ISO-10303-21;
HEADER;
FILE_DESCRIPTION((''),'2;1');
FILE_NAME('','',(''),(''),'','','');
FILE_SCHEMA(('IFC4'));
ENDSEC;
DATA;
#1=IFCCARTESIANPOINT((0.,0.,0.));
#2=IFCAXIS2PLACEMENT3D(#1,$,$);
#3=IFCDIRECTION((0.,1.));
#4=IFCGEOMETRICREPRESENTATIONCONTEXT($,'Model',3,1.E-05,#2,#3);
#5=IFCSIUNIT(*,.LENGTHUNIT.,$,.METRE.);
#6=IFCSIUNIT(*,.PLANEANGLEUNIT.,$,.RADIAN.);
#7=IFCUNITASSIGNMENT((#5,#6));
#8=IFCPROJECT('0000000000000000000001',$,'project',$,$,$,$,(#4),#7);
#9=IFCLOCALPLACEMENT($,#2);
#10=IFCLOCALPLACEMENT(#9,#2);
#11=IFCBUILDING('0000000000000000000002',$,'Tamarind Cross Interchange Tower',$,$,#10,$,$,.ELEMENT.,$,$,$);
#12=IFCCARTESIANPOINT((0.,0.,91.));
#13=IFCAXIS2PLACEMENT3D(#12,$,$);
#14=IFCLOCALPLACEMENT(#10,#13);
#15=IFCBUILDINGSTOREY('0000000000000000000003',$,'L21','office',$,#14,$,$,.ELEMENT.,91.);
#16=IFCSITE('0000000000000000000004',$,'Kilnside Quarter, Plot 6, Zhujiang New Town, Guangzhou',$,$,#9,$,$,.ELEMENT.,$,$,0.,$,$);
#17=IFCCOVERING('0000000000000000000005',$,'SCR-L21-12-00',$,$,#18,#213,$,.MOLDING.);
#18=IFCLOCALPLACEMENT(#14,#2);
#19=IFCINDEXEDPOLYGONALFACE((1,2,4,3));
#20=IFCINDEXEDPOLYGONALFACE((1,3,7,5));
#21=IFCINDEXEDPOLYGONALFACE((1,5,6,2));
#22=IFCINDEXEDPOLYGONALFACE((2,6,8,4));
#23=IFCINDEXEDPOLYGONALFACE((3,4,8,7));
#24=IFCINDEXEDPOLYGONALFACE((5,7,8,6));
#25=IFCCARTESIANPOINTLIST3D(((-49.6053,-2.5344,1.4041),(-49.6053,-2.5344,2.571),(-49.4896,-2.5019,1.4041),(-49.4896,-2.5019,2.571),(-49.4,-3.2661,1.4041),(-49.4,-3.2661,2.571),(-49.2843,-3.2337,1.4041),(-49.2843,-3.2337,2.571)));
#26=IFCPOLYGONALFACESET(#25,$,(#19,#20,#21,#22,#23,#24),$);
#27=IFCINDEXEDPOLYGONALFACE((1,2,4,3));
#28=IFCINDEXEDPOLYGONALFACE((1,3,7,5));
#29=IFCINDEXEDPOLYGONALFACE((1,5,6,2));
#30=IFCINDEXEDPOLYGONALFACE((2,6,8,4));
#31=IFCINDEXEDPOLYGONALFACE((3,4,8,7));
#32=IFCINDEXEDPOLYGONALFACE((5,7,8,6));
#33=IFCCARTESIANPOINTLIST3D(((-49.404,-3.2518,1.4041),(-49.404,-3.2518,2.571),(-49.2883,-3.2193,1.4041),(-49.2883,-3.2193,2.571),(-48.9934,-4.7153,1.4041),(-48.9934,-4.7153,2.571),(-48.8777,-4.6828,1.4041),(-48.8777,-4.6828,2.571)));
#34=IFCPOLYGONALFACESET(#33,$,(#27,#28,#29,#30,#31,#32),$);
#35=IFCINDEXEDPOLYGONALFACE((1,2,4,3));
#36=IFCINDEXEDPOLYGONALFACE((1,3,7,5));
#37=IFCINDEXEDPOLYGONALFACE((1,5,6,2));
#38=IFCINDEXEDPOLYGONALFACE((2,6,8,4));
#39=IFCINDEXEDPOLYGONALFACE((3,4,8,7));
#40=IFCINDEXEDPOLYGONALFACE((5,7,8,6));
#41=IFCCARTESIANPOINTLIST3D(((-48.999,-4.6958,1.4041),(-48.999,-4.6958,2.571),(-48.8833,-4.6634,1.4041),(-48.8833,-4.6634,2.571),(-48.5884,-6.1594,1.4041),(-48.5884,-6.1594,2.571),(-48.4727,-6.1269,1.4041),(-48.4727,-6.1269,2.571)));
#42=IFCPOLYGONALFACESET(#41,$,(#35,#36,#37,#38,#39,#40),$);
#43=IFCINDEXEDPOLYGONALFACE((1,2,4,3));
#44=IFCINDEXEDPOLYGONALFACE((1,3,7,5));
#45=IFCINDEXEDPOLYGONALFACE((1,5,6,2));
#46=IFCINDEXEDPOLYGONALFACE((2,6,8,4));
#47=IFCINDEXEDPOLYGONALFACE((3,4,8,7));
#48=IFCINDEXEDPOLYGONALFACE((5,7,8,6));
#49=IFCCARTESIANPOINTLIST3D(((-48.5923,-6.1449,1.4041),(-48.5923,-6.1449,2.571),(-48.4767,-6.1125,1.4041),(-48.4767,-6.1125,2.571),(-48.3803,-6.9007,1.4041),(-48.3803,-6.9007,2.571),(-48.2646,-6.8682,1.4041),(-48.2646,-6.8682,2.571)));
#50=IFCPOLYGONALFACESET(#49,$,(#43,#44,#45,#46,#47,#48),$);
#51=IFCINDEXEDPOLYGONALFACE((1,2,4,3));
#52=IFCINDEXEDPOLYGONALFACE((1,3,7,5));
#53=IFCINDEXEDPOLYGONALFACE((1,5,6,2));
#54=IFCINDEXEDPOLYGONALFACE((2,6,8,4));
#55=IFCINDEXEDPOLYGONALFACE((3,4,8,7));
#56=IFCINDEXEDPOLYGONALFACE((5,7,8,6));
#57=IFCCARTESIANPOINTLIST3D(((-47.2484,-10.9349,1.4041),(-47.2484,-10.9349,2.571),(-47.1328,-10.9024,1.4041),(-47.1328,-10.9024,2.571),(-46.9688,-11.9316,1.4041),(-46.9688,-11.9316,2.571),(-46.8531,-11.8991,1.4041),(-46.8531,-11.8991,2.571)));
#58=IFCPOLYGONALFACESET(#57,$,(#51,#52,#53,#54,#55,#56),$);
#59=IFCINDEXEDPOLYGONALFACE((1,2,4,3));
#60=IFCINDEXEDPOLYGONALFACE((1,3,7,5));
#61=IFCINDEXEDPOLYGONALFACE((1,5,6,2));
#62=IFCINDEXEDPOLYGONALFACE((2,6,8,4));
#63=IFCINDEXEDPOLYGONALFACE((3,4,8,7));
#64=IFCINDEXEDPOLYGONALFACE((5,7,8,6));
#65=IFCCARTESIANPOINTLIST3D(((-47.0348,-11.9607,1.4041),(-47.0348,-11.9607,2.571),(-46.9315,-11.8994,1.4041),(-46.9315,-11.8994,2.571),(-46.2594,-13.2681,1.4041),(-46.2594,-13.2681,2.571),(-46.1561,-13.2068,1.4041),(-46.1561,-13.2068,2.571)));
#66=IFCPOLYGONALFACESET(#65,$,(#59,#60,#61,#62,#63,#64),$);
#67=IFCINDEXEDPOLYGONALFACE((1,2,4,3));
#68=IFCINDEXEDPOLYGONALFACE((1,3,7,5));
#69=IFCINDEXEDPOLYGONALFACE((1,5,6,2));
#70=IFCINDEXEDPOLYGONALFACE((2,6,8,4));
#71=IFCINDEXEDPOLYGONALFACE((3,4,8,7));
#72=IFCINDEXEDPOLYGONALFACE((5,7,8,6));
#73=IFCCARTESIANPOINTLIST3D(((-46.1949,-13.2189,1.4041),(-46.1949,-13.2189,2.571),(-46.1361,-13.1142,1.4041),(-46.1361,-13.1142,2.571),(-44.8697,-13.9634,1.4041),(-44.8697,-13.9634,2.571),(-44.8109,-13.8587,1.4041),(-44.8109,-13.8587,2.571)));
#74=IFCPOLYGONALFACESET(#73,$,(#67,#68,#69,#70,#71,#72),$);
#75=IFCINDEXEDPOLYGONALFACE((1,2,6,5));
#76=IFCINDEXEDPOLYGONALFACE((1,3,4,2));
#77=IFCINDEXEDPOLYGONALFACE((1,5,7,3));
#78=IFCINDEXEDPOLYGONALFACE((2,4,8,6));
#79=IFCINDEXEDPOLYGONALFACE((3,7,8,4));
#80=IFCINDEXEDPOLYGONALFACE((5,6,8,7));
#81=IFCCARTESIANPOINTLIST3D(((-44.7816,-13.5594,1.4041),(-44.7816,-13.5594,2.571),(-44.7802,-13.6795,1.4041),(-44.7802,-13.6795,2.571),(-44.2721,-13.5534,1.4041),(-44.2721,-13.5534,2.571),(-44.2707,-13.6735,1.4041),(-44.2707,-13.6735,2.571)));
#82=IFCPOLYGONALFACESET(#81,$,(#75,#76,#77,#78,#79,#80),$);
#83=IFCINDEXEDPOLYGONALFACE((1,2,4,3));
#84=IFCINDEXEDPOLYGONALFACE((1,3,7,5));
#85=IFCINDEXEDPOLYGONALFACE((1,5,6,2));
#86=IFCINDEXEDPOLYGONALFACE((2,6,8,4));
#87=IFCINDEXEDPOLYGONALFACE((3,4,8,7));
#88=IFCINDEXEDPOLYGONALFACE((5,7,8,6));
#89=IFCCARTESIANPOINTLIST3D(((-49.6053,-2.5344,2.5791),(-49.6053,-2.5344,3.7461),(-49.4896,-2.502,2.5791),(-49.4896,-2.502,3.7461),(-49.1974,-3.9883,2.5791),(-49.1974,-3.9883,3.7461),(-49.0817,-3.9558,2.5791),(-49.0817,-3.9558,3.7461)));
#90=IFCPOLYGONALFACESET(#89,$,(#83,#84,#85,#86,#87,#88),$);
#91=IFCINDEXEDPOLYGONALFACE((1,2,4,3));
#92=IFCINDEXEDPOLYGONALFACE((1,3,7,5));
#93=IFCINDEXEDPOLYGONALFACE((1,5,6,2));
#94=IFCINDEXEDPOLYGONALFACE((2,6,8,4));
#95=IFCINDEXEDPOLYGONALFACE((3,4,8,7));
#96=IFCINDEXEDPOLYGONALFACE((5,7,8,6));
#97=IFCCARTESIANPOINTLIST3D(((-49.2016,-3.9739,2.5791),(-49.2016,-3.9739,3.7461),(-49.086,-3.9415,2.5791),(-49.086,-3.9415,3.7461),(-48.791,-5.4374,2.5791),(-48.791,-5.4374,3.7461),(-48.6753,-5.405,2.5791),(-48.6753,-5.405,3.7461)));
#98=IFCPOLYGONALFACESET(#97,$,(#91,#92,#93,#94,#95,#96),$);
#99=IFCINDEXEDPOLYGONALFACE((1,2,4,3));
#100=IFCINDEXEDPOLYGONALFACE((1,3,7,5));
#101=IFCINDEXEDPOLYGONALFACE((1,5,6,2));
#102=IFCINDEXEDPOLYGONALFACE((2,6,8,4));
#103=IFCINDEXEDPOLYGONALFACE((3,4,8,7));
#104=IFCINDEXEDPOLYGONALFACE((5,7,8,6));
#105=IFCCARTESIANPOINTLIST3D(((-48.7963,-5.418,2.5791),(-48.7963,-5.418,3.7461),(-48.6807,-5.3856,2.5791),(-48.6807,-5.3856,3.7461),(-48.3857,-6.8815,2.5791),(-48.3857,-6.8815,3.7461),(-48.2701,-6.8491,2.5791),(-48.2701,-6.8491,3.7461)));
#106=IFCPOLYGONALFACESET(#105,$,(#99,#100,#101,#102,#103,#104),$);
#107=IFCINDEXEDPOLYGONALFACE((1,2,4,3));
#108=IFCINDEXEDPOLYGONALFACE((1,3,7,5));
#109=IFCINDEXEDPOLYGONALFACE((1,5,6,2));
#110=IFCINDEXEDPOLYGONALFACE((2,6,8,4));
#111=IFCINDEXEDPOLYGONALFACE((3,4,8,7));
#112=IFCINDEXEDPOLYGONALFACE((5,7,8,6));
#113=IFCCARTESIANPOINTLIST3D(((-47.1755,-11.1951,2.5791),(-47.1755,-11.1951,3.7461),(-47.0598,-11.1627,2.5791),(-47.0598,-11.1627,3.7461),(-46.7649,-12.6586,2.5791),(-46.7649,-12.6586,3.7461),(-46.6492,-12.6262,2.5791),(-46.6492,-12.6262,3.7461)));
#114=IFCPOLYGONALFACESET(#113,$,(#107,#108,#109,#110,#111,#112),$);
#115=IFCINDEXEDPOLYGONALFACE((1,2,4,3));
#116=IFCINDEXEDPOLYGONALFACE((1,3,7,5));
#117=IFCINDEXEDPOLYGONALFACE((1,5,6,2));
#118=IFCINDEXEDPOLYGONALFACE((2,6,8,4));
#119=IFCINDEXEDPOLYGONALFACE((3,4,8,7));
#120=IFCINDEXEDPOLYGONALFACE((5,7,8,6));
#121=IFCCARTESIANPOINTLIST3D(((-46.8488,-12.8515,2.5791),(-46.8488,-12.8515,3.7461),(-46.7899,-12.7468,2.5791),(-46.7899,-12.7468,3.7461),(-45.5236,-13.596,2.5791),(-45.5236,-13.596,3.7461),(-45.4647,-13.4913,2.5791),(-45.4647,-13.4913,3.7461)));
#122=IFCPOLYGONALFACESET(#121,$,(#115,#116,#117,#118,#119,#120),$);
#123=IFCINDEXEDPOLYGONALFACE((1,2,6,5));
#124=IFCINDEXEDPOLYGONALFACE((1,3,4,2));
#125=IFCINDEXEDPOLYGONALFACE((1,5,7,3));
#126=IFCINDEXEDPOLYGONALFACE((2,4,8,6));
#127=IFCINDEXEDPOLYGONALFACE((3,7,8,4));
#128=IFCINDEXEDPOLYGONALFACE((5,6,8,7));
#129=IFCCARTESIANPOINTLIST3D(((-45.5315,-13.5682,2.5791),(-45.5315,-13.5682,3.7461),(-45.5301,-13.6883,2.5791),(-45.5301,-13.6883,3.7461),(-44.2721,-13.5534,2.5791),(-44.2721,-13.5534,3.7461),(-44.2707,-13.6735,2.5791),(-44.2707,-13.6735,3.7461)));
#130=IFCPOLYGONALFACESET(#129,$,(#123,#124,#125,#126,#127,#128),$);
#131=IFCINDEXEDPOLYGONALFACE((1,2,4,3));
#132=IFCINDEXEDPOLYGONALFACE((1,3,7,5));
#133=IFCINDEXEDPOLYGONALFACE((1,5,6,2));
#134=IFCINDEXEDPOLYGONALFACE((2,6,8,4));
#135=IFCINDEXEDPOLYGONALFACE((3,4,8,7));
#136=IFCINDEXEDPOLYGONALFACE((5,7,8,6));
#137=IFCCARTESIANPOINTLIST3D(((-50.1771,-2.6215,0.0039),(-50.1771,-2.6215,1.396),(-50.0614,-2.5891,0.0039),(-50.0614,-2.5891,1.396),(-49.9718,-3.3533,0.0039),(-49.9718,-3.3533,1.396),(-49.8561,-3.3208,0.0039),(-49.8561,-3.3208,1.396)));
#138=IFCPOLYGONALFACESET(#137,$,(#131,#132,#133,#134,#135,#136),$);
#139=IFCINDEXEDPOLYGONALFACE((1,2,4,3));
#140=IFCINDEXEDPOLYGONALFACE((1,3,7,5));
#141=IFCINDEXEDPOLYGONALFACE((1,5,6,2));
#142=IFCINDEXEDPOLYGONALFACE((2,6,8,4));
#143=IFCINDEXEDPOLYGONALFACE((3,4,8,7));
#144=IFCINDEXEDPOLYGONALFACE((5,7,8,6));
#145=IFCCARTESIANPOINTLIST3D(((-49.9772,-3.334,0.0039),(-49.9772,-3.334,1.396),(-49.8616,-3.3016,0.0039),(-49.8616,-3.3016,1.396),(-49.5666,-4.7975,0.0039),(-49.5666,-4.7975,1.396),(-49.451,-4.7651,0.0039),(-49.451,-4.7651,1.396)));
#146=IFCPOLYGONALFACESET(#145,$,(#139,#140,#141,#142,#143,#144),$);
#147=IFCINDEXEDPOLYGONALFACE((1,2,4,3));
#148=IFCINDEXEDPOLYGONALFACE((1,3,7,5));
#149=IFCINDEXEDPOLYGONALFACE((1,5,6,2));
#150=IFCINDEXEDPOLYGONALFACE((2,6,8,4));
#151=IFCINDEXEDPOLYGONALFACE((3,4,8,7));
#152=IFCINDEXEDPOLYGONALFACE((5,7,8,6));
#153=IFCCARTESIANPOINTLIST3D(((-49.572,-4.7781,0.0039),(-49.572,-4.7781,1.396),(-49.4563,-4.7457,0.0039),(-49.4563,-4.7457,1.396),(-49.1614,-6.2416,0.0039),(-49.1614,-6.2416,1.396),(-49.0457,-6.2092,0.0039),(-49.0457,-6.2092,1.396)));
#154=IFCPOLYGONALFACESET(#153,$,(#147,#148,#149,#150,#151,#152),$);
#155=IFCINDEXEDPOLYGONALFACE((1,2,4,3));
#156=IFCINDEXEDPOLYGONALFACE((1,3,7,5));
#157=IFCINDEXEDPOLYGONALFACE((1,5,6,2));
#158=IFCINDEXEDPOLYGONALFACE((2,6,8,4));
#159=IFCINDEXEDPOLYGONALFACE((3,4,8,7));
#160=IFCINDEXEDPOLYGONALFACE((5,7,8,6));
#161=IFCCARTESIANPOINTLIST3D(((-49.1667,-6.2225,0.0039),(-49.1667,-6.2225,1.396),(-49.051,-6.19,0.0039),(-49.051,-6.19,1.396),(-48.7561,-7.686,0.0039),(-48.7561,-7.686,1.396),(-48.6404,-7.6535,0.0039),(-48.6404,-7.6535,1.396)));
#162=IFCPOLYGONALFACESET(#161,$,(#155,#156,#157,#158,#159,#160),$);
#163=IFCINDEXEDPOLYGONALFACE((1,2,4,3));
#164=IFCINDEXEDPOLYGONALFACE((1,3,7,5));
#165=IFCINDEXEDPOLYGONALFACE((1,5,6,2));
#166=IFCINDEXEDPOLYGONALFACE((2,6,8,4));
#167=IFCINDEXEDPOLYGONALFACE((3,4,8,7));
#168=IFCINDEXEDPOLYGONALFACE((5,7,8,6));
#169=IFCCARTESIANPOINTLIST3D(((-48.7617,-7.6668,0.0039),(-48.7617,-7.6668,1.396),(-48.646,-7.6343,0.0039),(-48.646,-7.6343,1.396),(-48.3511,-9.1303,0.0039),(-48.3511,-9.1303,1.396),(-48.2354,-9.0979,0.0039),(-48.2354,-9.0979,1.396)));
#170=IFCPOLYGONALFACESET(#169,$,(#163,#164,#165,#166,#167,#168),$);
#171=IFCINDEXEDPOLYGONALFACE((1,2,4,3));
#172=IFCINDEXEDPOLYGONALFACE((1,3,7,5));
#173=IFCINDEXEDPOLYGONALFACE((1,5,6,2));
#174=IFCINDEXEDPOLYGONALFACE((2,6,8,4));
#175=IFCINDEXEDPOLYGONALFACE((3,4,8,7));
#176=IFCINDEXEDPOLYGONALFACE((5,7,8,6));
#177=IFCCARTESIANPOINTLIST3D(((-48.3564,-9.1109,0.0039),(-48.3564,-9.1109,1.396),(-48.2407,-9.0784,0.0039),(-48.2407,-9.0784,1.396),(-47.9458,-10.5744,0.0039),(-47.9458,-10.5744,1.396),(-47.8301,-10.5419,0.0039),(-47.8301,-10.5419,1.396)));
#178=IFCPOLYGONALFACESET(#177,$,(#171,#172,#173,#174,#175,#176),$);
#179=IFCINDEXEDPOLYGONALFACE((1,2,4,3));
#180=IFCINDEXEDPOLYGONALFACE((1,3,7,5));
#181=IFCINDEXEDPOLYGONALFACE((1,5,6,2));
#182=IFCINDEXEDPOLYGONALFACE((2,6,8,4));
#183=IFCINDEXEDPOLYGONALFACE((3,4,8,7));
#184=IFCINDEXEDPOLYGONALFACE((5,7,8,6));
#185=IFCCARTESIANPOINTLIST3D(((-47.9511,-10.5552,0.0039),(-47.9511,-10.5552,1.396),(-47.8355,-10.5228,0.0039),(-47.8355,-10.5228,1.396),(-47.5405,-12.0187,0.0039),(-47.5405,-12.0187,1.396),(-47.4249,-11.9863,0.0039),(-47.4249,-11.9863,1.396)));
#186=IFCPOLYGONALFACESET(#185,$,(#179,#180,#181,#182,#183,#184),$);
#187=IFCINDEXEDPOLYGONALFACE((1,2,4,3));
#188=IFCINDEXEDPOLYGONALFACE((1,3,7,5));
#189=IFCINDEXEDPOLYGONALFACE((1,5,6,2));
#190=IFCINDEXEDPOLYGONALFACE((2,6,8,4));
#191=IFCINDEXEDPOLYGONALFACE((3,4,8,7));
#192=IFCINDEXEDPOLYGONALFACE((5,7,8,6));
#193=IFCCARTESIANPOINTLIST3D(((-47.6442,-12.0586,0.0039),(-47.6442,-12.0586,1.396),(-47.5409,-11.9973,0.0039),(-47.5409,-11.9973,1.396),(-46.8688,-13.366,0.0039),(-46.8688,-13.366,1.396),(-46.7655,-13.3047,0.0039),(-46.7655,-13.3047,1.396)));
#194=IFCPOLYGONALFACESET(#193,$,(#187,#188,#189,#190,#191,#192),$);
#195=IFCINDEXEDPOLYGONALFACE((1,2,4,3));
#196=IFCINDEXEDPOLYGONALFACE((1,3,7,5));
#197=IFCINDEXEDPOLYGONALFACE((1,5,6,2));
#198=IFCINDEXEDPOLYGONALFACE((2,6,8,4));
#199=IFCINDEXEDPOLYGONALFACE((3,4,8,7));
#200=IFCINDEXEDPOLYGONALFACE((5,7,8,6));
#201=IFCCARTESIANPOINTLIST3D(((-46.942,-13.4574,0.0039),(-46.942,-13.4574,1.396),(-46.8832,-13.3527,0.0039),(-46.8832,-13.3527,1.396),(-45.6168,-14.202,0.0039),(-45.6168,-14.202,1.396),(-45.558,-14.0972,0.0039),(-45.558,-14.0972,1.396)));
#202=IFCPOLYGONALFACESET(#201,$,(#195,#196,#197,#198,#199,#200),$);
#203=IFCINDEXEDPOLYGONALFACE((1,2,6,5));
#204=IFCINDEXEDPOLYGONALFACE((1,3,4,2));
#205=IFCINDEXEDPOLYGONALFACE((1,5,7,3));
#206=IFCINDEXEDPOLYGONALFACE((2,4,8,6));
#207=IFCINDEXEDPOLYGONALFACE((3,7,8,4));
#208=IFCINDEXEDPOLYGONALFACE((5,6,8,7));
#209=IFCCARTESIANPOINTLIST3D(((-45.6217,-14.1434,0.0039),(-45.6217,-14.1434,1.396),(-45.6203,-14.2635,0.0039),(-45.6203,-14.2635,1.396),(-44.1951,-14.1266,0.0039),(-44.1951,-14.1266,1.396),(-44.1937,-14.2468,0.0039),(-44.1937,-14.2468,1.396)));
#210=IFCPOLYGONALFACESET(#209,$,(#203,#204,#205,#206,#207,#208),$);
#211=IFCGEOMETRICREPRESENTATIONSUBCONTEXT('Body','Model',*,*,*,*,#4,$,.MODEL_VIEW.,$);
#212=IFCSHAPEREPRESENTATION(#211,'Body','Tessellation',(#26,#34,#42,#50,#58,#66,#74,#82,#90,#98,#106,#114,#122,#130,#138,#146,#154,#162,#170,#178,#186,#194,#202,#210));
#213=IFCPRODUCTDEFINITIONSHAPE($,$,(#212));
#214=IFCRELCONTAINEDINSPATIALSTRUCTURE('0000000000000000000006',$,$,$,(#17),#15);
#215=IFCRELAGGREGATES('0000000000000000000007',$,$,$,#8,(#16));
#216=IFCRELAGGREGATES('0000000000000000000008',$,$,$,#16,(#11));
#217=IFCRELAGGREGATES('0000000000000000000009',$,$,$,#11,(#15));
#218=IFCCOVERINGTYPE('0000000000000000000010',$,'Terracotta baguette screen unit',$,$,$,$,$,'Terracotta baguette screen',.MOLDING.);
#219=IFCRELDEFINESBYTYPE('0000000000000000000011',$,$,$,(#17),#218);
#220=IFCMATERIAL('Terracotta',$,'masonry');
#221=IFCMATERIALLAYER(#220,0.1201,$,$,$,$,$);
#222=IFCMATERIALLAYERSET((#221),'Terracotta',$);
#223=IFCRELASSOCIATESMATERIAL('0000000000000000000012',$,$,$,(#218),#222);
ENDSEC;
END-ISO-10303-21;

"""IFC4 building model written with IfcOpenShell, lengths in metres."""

from ifc_helpers import new_model, si_unit, direction, frame, origin, origin_2d, place, context, subcontext, project, spatial, rectangle, extrude, material, layer, layer_set, type_object, element, save


model = new_model("IFC4")

# Units and contexts
model_context = context("Model", 3, precision=1e-05, world=origin(), true_north=direction((0.0, 1.0)))
body_context = subcontext(model_context, "Body", "Model", "MODEL_VIEW")
ifc_project = project(units=[si_unit("LENGTHUNIT", "METRE"), si_unit("PLANEANGLEUNIT", "RADIAN")], contexts=[model_context])

# Site, building, storey
site_placement = place(None, origin())
site = spatial("IfcSite", under=ifc_project, at=site_placement, Name="Kilnside Quarter, Plot 6, Zhujiang New Town, Guangzhou", CompositionType="ELEMENT", RefElevation=0.0)
building_placement = place(site_placement, origin())
building = spatial("IfcBuilding", under=site, at=building_placement, Name="Tamarind Cross Interchange Tower", CompositionType="ELEMENT")
storey_placement = place(building_placement, frame((0.0, 0.0, 91.0)))
storey = spatial("IfcBuildingStorey", under=building, at=storey_placement, Name="L21", Description="office", CompositionType="ELEMENT", Elevation=91.0)

# Covering
ifc_material_1 = material(Name="Terracotta", Category="masonry")
ifc_layer_1 = layer(ifc_material_1, 0.1201)
ifc_layer_set_1 = layer_set([ifc_layer_1], Name="Terracotta")
covering_type = type_object("IfcCoveringType", Name="Terracotta baguette screen unit", ElementType="Terracotta baguette screen", PredefinedType="MOLDING", material=ifc_layer_set_1)
covering_1_placement = place(storey_placement, origin())
element("IfcCovering", 1, at=covering_1_placement, inside=storey, type_object=covering_type, Name="SCR-L21-12-00", PredefinedType="MOLDING", context=body_context, shape_type="SweptSolid", body=[
    extrude(rectangle(XDim=0.76, YDim=0.1201, at=origin_2d()), frame((-49.4448, -2.884, 1.4041), z_axis=(0.0, 0.0, 1.0), x_axis=(0.27013, -0.962824, 0.0)), (0.0, 0.0, 1.0), 1.167),
    extrude(rectangle(XDim=1.52, YDim=0.1201, at=origin_2d()), frame((-49.1409, -3.9673, 1.4041), z_axis=(0.0, 0.0, 1.0), x_axis=(0.27013, -0.962824, 0.0)), (0.0, 0.0, 1.0), 1.167),
    extrude(rectangle(XDim=1.52, YDim=0.1201, at=origin_2d()), frame((-48.7358, -5.4114, 1.4041), z_axis=(0.0, 0.0, 1.0), x_axis=(0.27013, -0.962824, 0.0)), (0.0, 0.0, 1.0), 1.167),
    extrude(rectangle(XDim=0.7849, YDim=0.1201, at=origin_2d()), frame((-48.4285, -6.5066, 1.4041), z_axis=(0.0, 0.0, 1.0), x_axis=(0.27013, -0.962824, 0.0)), (0.0, 0.0, 1.0), 1.167),
    extrude(rectangle(XDim=1.0352, YDim=0.1201, at=origin_2d()), frame((-47.0508, -11.417, 1.4041), z_axis=(0.0, 0.0, 1.0), x_axis=(0.27013, -0.962824, 0.0)), (0.0, 0.0, 1.0), 1.167),
    extrude(rectangle(XDim=1.52, YDim=0.1201, at=origin_2d()), frame((-46.5955, -12.5837, 1.4041), z_axis=(0.0, 0.0, 1.0), x_axis=(0.510123, -0.860102, 0.0)), (0.0, 0.0, 1.0), 1.167),
    extrude(rectangle(XDim=1.52, YDim=0.1201, at=origin_2d()), frame((-45.5029, -13.5388, 1.4041), z_axis=(0.0, 0.0, 1.0), x_axis=(0.87183, -0.489809, 0.0)), (0.0, 0.0, 1.0), 1.167),
    extrude(rectangle(XDim=0.5095, YDim=0.1201, at=origin_2d()), frame((-44.5261, -13.6165, 1.4041), z_axis=(0.0, 0.0, 1.0), x_axis=(0.999931, 0.011728, 0.0)), (0.0, 0.0, 1.0), 1.167),
    extrude(rectangle(XDim=1.51, YDim=0.1201, at=origin_2d()), frame((-49.3435, -3.2451, 2.5791), z_axis=(0.0, 0.0, 1.0), x_axis=(0.27013, -0.962824, 0.0)), (0.0, 0.0, 1.0), 1.167),
    extrude(rectangle(XDim=1.52, YDim=0.1201, at=origin_2d()), frame((-48.9385, -4.6895, 2.5791), z_axis=(0.0, 0.0, 1.0), x_axis=(0.27013, -0.962824, 0.0)), (0.0, 0.0, 1.0), 1.167),
    extrude(rectangle(XDim=1.52, YDim=0.1201, at=origin_2d()), frame((-48.5332, -6.1335, 2.5791), z_axis=(0.0, 0.0, 1.0), x_axis=(0.27013, -0.962824, 0.0)), (0.0, 0.0, 1.0), 1.167),
    extrude(rectangle(XDim=1.52, YDim=0.1201, at=origin_2d()), frame((-46.9124, -11.9106, 2.5791), z_axis=(0.0, 0.0, 1.0), x_axis=(0.27013, -0.962824, 0.0)), (0.0, 0.0, 1.0), 1.167),
    extrude(rectangle(XDim=1.52, YDim=0.1201, at=origin_2d()), frame((-46.1567, -13.1714, 2.5791), z_axis=(0.0, 0.0, 1.0), x_axis=(0.87183, -0.489809, 0.0)), (0.0, 0.0, 1.0), 1.167),
    extrude(rectangle(XDim=1.2595, YDim=0.1201, at=origin_2d()), frame((-44.9011, -13.6208, 2.5791), z_axis=(0.0, 0.0, 1.0), x_axis=(0.999931, 0.011728, 0.0)), (0.0, 0.0, 1.0), 1.167),
    extrude(rectangle(XDim=0.76, YDim=0.1201, at=origin_2d()), frame((-50.0166, -2.9712, 0.0039), z_axis=(0.0, 0.0, 1.0), x_axis=(0.27013, -0.962824, 0.0)), (0.0, 0.0, 1.0), 1.3921),
    extrude(rectangle(XDim=1.52, YDim=0.1201, at=origin_2d()), frame((-49.7141, -4.0496, 0.0039), z_axis=(0.0, 0.0, 1.0), x_axis=(0.27013, -0.962824, 0.0)), (0.0, 0.0, 1.0), 1.3921),
    extrude(rectangle(XDim=1.52, YDim=0.1201, at=origin_2d()), frame((-49.3088, -5.4937, 0.0039), z_axis=(0.0, 0.0, 1.0), x_axis=(0.27013, -0.962824, 0.0)), (0.0, 0.0, 1.0), 1.3921),
    extrude(rectangle(XDim=1.52, YDim=0.1201, at=origin_2d()), frame((-48.9036, -6.938, 0.0039), z_axis=(0.0, 0.0, 1.0), x_axis=(0.27013, -0.962824, 0.0)), (0.0, 0.0, 1.0), 1.3921),
    extrude(rectangle(XDim=1.52, YDim=0.1201, at=origin_2d()), frame((-48.4985, -8.3823, 0.0039), z_axis=(0.0, 0.0, 1.0), x_axis=(0.27013, -0.962824, 0.0)), (0.0, 0.0, 1.0), 1.3921),
    extrude(rectangle(XDim=1.52, YDim=0.1201, at=origin_2d()), frame((-48.0933, -9.8264, 0.0039), z_axis=(0.0, 0.0, 1.0), x_axis=(0.27013, -0.962824, 0.0)), (0.0, 0.0, 1.0), 1.3921),
    extrude(rectangle(XDim=1.52, YDim=0.1201, at=origin_2d()), frame((-47.688, -11.2708, 0.0039), z_axis=(0.0, 0.0, 1.0), x_axis=(0.27013, -0.962824, 0.0)), (0.0, 0.0, 1.0), 1.3921),
    extrude(rectangle(XDim=1.52, YDim=0.1201, at=origin_2d()), frame((-47.2048, -12.6816, 0.0039), z_axis=(0.0, 0.0, 1.0), x_axis=(0.510123, -0.860102, 0.0)), (0.0, 0.0, 1.0), 1.3921),
    extrude(rectangle(XDim=1.52, YDim=0.1201, at=origin_2d()), frame((-46.25, -13.7773, 0.0039), z_axis=(0.0, 0.0, 1.0), x_axis=(0.87183, -0.489809, 0.0)), (0.0, 0.0, 1.0), 1.3921),
    extrude(rectangle(XDim=1.4268, YDim=0.1201, at=origin_2d()), frame((-44.9077, -14.1951, 0.0039), z_axis=(0.0, 0.0, 1.0), x_axis=(0.999931, 0.011728, 0.0)), (0.0, 0.0, 1.0), 1.3921),
])

save(model, "model.ifc")
